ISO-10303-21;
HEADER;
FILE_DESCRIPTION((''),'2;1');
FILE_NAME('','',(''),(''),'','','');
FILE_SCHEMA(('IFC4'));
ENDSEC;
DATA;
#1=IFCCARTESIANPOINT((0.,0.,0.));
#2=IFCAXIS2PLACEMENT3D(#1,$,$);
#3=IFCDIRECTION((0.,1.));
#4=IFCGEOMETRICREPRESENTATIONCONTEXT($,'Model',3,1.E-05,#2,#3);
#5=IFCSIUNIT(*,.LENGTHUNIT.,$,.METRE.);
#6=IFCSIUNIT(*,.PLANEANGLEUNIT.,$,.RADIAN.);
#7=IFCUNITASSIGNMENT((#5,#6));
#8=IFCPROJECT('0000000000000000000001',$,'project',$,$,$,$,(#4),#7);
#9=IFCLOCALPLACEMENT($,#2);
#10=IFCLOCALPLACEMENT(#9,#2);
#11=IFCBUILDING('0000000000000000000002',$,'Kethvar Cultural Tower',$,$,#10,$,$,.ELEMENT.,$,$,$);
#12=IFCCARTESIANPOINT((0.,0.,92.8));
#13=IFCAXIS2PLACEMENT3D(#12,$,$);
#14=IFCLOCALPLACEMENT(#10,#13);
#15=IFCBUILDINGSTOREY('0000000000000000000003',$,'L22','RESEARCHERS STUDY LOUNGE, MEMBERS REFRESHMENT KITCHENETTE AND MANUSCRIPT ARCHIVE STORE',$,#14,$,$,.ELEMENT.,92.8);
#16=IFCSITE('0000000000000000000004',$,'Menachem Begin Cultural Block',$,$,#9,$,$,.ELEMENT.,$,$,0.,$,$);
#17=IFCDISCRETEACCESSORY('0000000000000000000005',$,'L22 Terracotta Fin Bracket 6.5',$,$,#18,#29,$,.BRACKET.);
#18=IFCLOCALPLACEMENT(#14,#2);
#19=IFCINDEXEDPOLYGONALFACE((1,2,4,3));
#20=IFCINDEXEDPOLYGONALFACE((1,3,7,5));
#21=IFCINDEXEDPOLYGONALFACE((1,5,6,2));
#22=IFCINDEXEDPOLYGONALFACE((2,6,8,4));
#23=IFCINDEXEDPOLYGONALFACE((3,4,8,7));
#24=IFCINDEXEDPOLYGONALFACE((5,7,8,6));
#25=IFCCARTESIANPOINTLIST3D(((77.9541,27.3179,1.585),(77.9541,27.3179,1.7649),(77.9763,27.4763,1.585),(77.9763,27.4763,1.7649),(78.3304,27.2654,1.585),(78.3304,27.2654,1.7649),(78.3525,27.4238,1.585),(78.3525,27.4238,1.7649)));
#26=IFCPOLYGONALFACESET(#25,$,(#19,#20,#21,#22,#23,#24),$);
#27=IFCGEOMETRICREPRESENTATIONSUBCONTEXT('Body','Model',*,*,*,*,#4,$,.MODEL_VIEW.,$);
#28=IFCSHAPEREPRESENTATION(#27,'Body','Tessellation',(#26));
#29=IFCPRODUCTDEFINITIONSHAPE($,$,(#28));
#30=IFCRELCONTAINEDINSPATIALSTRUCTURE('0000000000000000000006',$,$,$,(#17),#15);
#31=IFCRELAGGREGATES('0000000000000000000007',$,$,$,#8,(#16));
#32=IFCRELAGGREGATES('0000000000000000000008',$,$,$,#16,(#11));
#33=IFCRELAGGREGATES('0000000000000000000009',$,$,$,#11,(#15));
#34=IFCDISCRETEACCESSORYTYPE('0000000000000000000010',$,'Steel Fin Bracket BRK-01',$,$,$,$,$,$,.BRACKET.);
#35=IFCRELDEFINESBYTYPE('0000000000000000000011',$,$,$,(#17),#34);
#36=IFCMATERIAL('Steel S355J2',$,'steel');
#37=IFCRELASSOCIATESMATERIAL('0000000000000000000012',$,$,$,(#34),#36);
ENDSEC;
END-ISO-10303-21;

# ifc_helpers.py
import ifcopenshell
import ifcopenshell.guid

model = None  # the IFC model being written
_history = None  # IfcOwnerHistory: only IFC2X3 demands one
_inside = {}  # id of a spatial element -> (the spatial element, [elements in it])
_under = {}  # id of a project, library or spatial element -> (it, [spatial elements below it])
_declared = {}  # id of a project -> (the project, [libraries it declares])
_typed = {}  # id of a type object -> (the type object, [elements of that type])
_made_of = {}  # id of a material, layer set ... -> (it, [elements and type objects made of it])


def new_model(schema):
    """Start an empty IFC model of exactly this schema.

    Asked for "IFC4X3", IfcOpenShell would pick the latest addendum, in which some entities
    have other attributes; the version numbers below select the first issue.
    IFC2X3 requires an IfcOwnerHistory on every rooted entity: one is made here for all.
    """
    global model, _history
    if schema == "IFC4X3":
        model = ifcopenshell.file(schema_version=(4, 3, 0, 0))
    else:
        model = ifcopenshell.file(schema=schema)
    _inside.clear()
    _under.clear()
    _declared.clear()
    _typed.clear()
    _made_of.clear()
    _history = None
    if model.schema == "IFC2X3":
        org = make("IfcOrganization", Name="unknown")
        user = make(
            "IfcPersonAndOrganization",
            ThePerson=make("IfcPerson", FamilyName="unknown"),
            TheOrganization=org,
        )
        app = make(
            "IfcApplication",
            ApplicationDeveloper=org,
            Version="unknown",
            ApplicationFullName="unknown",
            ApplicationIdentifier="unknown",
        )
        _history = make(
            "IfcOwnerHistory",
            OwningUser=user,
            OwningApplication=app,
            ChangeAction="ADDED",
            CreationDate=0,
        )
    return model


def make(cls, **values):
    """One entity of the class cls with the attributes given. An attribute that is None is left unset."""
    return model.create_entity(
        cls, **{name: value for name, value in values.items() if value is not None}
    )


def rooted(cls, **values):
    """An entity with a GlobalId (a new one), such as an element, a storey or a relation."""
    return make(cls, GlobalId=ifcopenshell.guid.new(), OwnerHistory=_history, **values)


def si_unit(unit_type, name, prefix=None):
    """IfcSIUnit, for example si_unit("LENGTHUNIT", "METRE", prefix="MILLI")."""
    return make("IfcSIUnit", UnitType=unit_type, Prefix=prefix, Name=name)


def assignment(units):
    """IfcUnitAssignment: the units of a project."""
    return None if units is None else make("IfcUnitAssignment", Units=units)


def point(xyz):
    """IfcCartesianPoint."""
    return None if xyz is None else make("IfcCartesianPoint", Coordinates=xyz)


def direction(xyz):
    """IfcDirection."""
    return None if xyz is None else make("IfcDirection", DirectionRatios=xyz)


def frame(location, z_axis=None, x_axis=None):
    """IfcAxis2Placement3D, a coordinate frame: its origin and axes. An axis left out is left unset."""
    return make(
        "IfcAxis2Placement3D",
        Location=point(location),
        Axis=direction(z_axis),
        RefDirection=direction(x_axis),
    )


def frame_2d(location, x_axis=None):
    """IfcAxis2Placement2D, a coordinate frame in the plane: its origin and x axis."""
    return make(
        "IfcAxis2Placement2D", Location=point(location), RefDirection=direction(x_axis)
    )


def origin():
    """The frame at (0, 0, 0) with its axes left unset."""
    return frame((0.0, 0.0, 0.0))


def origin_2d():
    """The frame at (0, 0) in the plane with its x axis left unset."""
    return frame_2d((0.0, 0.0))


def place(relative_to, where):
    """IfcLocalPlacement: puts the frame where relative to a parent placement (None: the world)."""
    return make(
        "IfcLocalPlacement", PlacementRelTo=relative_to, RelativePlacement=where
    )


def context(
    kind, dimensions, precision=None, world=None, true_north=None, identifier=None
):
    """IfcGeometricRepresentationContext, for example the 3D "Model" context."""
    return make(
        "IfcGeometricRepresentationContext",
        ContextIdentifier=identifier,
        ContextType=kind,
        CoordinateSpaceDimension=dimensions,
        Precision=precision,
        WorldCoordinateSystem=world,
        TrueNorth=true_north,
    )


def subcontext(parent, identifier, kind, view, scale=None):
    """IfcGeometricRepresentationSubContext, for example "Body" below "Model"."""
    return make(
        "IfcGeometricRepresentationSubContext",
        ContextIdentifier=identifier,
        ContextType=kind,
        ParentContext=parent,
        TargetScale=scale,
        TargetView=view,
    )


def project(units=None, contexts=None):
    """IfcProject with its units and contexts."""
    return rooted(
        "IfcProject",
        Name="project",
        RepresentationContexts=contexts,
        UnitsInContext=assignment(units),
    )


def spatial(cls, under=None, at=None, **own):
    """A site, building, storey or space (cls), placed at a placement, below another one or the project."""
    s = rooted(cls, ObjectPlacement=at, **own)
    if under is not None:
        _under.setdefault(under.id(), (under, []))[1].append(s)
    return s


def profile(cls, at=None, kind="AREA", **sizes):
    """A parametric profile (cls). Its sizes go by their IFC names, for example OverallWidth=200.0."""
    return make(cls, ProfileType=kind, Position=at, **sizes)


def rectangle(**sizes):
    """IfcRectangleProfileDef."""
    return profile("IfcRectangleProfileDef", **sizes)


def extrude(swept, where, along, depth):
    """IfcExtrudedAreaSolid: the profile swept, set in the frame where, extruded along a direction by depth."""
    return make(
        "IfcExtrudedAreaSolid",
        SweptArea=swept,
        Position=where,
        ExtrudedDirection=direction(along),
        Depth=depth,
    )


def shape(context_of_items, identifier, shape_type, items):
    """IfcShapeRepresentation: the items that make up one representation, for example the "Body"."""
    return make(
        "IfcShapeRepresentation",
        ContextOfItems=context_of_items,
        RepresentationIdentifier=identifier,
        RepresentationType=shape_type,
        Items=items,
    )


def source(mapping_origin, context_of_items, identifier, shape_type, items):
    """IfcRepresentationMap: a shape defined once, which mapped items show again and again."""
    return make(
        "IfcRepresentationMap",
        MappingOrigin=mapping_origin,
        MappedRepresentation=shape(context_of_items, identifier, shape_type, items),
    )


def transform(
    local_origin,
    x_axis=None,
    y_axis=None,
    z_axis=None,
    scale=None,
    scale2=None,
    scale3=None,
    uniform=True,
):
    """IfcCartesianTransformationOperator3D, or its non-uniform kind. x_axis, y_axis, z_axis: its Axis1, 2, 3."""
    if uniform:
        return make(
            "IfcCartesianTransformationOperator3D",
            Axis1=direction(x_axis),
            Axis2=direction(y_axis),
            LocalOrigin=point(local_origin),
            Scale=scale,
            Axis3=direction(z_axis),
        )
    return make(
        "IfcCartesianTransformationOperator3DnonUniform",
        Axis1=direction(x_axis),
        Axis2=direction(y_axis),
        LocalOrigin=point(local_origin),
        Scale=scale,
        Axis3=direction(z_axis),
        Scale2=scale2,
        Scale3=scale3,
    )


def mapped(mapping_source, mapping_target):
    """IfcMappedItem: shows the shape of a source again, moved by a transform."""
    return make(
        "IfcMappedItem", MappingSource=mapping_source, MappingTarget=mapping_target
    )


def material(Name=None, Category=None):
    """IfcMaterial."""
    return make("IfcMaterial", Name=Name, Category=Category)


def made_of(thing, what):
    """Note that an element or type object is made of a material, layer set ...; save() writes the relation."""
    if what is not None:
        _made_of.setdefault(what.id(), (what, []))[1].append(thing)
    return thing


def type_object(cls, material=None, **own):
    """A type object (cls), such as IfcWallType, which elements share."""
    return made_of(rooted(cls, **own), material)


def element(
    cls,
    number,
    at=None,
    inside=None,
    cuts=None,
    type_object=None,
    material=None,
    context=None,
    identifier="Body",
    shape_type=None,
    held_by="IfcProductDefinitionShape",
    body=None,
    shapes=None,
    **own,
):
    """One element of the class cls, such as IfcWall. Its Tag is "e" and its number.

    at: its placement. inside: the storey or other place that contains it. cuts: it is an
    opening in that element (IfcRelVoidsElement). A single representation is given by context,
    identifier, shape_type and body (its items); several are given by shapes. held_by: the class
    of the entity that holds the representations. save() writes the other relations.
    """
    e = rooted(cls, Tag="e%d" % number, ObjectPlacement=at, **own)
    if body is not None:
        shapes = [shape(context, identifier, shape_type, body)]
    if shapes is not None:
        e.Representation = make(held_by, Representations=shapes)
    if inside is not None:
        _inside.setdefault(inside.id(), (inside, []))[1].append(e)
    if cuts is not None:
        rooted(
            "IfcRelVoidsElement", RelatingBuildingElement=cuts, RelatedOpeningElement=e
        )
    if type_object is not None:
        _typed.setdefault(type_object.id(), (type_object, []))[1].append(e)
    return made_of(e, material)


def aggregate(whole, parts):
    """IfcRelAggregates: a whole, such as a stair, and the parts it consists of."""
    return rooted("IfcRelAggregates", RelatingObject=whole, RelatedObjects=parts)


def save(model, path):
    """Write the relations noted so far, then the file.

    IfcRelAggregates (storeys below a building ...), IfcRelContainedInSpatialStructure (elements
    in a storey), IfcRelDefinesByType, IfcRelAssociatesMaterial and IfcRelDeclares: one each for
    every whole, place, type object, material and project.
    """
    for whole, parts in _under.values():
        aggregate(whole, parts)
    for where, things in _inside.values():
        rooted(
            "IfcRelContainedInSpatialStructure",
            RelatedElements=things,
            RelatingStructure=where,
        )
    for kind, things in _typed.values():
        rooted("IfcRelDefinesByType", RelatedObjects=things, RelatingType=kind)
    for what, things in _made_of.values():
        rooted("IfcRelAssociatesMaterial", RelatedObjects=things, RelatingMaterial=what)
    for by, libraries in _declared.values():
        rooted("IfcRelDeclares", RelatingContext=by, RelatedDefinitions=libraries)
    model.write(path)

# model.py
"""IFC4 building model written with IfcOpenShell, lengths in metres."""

from ifc_helpers import new_model, si_unit, direction, frame, origin, origin_2d, place, context, subcontext, project, spatial, rectangle, extrude, source, transform, mapped, material, type_object, element, save


model = new_model("IFC4")

# Units and contexts
model_context = context("Model", 3, precision=1e-05, world=origin(), true_north=direction((0.0, 1.0)))
body_context = subcontext(model_context, "Body", "Model", "MODEL_VIEW")
ifc_project = project(units=[si_unit("LENGTHUNIT", "METRE"), si_unit("PLANEANGLEUNIT", "RADIAN")], contexts=[model_context])

# Site, building, storey
site_placement = place(None, origin())
site = spatial("IfcSite", under=ifc_project, at=site_placement, Name="Menachem Begin Cultural Block", CompositionType="ELEMENT", RefElevation=0.0)
building_placement = place(site_placement, origin())
building = spatial("IfcBuilding", under=site, at=building_placement, Name="Kethvar Cultural Tower", CompositionType="ELEMENT")
storey_placement = place(building_placement, frame((0.0, 0.0, 92.8)))
storey = spatial("IfcBuildingStorey", under=building, at=storey_placement, Name="L22", Description="RESEARCHERS STUDY LOUNGE, MEMBERS REFRESHMENT KITCHENETTE AND MANUSCRIPT ARCHIVE STORE", CompositionType="ELEMENT", Elevation=92.8)

# Shared definitions
ifc_material_1 = material(Name="Steel S355J2", Category="steel")

# Discrete accessory
discrete_accessory_type = type_object("IfcDiscreteAccessoryType", Name="Steel Fin Bracket BRK-01", PredefinedType="BRACKET", material=ifc_material_1)
shared_shape_1 = source(origin(), body_context, "Body", "SweptSolid", [
    extrude(rectangle(XDim=0.3799, YDim=0.1599, at=origin_2d()), origin(), (0.0, 0.0, 1.0), 0.1799),
])
for number, where, z_axis, x_axis, name in (
    (1, (78.1533, 27.3708, 1.585), (0.0, 0.0, 1.0), (0.990389, -0.138309, 0.0), "L22 Terracotta Fin Bracket 6.5"),
):
    element("IfcDiscreteAccessory", number, at=place(storey_placement, frame(where, z_axis=z_axis, x_axis=x_axis)), inside=storey, type_object=discrete_accessory_type, Name=name, PredefinedType="BRACKET", context=body_context, shape_type="MappedRepresentation", body=[
        mapped(shared_shape_1, transform((0.0, 0.0, 0.0), scale=1.0)),
    ])

save(model, "model.ifc")
